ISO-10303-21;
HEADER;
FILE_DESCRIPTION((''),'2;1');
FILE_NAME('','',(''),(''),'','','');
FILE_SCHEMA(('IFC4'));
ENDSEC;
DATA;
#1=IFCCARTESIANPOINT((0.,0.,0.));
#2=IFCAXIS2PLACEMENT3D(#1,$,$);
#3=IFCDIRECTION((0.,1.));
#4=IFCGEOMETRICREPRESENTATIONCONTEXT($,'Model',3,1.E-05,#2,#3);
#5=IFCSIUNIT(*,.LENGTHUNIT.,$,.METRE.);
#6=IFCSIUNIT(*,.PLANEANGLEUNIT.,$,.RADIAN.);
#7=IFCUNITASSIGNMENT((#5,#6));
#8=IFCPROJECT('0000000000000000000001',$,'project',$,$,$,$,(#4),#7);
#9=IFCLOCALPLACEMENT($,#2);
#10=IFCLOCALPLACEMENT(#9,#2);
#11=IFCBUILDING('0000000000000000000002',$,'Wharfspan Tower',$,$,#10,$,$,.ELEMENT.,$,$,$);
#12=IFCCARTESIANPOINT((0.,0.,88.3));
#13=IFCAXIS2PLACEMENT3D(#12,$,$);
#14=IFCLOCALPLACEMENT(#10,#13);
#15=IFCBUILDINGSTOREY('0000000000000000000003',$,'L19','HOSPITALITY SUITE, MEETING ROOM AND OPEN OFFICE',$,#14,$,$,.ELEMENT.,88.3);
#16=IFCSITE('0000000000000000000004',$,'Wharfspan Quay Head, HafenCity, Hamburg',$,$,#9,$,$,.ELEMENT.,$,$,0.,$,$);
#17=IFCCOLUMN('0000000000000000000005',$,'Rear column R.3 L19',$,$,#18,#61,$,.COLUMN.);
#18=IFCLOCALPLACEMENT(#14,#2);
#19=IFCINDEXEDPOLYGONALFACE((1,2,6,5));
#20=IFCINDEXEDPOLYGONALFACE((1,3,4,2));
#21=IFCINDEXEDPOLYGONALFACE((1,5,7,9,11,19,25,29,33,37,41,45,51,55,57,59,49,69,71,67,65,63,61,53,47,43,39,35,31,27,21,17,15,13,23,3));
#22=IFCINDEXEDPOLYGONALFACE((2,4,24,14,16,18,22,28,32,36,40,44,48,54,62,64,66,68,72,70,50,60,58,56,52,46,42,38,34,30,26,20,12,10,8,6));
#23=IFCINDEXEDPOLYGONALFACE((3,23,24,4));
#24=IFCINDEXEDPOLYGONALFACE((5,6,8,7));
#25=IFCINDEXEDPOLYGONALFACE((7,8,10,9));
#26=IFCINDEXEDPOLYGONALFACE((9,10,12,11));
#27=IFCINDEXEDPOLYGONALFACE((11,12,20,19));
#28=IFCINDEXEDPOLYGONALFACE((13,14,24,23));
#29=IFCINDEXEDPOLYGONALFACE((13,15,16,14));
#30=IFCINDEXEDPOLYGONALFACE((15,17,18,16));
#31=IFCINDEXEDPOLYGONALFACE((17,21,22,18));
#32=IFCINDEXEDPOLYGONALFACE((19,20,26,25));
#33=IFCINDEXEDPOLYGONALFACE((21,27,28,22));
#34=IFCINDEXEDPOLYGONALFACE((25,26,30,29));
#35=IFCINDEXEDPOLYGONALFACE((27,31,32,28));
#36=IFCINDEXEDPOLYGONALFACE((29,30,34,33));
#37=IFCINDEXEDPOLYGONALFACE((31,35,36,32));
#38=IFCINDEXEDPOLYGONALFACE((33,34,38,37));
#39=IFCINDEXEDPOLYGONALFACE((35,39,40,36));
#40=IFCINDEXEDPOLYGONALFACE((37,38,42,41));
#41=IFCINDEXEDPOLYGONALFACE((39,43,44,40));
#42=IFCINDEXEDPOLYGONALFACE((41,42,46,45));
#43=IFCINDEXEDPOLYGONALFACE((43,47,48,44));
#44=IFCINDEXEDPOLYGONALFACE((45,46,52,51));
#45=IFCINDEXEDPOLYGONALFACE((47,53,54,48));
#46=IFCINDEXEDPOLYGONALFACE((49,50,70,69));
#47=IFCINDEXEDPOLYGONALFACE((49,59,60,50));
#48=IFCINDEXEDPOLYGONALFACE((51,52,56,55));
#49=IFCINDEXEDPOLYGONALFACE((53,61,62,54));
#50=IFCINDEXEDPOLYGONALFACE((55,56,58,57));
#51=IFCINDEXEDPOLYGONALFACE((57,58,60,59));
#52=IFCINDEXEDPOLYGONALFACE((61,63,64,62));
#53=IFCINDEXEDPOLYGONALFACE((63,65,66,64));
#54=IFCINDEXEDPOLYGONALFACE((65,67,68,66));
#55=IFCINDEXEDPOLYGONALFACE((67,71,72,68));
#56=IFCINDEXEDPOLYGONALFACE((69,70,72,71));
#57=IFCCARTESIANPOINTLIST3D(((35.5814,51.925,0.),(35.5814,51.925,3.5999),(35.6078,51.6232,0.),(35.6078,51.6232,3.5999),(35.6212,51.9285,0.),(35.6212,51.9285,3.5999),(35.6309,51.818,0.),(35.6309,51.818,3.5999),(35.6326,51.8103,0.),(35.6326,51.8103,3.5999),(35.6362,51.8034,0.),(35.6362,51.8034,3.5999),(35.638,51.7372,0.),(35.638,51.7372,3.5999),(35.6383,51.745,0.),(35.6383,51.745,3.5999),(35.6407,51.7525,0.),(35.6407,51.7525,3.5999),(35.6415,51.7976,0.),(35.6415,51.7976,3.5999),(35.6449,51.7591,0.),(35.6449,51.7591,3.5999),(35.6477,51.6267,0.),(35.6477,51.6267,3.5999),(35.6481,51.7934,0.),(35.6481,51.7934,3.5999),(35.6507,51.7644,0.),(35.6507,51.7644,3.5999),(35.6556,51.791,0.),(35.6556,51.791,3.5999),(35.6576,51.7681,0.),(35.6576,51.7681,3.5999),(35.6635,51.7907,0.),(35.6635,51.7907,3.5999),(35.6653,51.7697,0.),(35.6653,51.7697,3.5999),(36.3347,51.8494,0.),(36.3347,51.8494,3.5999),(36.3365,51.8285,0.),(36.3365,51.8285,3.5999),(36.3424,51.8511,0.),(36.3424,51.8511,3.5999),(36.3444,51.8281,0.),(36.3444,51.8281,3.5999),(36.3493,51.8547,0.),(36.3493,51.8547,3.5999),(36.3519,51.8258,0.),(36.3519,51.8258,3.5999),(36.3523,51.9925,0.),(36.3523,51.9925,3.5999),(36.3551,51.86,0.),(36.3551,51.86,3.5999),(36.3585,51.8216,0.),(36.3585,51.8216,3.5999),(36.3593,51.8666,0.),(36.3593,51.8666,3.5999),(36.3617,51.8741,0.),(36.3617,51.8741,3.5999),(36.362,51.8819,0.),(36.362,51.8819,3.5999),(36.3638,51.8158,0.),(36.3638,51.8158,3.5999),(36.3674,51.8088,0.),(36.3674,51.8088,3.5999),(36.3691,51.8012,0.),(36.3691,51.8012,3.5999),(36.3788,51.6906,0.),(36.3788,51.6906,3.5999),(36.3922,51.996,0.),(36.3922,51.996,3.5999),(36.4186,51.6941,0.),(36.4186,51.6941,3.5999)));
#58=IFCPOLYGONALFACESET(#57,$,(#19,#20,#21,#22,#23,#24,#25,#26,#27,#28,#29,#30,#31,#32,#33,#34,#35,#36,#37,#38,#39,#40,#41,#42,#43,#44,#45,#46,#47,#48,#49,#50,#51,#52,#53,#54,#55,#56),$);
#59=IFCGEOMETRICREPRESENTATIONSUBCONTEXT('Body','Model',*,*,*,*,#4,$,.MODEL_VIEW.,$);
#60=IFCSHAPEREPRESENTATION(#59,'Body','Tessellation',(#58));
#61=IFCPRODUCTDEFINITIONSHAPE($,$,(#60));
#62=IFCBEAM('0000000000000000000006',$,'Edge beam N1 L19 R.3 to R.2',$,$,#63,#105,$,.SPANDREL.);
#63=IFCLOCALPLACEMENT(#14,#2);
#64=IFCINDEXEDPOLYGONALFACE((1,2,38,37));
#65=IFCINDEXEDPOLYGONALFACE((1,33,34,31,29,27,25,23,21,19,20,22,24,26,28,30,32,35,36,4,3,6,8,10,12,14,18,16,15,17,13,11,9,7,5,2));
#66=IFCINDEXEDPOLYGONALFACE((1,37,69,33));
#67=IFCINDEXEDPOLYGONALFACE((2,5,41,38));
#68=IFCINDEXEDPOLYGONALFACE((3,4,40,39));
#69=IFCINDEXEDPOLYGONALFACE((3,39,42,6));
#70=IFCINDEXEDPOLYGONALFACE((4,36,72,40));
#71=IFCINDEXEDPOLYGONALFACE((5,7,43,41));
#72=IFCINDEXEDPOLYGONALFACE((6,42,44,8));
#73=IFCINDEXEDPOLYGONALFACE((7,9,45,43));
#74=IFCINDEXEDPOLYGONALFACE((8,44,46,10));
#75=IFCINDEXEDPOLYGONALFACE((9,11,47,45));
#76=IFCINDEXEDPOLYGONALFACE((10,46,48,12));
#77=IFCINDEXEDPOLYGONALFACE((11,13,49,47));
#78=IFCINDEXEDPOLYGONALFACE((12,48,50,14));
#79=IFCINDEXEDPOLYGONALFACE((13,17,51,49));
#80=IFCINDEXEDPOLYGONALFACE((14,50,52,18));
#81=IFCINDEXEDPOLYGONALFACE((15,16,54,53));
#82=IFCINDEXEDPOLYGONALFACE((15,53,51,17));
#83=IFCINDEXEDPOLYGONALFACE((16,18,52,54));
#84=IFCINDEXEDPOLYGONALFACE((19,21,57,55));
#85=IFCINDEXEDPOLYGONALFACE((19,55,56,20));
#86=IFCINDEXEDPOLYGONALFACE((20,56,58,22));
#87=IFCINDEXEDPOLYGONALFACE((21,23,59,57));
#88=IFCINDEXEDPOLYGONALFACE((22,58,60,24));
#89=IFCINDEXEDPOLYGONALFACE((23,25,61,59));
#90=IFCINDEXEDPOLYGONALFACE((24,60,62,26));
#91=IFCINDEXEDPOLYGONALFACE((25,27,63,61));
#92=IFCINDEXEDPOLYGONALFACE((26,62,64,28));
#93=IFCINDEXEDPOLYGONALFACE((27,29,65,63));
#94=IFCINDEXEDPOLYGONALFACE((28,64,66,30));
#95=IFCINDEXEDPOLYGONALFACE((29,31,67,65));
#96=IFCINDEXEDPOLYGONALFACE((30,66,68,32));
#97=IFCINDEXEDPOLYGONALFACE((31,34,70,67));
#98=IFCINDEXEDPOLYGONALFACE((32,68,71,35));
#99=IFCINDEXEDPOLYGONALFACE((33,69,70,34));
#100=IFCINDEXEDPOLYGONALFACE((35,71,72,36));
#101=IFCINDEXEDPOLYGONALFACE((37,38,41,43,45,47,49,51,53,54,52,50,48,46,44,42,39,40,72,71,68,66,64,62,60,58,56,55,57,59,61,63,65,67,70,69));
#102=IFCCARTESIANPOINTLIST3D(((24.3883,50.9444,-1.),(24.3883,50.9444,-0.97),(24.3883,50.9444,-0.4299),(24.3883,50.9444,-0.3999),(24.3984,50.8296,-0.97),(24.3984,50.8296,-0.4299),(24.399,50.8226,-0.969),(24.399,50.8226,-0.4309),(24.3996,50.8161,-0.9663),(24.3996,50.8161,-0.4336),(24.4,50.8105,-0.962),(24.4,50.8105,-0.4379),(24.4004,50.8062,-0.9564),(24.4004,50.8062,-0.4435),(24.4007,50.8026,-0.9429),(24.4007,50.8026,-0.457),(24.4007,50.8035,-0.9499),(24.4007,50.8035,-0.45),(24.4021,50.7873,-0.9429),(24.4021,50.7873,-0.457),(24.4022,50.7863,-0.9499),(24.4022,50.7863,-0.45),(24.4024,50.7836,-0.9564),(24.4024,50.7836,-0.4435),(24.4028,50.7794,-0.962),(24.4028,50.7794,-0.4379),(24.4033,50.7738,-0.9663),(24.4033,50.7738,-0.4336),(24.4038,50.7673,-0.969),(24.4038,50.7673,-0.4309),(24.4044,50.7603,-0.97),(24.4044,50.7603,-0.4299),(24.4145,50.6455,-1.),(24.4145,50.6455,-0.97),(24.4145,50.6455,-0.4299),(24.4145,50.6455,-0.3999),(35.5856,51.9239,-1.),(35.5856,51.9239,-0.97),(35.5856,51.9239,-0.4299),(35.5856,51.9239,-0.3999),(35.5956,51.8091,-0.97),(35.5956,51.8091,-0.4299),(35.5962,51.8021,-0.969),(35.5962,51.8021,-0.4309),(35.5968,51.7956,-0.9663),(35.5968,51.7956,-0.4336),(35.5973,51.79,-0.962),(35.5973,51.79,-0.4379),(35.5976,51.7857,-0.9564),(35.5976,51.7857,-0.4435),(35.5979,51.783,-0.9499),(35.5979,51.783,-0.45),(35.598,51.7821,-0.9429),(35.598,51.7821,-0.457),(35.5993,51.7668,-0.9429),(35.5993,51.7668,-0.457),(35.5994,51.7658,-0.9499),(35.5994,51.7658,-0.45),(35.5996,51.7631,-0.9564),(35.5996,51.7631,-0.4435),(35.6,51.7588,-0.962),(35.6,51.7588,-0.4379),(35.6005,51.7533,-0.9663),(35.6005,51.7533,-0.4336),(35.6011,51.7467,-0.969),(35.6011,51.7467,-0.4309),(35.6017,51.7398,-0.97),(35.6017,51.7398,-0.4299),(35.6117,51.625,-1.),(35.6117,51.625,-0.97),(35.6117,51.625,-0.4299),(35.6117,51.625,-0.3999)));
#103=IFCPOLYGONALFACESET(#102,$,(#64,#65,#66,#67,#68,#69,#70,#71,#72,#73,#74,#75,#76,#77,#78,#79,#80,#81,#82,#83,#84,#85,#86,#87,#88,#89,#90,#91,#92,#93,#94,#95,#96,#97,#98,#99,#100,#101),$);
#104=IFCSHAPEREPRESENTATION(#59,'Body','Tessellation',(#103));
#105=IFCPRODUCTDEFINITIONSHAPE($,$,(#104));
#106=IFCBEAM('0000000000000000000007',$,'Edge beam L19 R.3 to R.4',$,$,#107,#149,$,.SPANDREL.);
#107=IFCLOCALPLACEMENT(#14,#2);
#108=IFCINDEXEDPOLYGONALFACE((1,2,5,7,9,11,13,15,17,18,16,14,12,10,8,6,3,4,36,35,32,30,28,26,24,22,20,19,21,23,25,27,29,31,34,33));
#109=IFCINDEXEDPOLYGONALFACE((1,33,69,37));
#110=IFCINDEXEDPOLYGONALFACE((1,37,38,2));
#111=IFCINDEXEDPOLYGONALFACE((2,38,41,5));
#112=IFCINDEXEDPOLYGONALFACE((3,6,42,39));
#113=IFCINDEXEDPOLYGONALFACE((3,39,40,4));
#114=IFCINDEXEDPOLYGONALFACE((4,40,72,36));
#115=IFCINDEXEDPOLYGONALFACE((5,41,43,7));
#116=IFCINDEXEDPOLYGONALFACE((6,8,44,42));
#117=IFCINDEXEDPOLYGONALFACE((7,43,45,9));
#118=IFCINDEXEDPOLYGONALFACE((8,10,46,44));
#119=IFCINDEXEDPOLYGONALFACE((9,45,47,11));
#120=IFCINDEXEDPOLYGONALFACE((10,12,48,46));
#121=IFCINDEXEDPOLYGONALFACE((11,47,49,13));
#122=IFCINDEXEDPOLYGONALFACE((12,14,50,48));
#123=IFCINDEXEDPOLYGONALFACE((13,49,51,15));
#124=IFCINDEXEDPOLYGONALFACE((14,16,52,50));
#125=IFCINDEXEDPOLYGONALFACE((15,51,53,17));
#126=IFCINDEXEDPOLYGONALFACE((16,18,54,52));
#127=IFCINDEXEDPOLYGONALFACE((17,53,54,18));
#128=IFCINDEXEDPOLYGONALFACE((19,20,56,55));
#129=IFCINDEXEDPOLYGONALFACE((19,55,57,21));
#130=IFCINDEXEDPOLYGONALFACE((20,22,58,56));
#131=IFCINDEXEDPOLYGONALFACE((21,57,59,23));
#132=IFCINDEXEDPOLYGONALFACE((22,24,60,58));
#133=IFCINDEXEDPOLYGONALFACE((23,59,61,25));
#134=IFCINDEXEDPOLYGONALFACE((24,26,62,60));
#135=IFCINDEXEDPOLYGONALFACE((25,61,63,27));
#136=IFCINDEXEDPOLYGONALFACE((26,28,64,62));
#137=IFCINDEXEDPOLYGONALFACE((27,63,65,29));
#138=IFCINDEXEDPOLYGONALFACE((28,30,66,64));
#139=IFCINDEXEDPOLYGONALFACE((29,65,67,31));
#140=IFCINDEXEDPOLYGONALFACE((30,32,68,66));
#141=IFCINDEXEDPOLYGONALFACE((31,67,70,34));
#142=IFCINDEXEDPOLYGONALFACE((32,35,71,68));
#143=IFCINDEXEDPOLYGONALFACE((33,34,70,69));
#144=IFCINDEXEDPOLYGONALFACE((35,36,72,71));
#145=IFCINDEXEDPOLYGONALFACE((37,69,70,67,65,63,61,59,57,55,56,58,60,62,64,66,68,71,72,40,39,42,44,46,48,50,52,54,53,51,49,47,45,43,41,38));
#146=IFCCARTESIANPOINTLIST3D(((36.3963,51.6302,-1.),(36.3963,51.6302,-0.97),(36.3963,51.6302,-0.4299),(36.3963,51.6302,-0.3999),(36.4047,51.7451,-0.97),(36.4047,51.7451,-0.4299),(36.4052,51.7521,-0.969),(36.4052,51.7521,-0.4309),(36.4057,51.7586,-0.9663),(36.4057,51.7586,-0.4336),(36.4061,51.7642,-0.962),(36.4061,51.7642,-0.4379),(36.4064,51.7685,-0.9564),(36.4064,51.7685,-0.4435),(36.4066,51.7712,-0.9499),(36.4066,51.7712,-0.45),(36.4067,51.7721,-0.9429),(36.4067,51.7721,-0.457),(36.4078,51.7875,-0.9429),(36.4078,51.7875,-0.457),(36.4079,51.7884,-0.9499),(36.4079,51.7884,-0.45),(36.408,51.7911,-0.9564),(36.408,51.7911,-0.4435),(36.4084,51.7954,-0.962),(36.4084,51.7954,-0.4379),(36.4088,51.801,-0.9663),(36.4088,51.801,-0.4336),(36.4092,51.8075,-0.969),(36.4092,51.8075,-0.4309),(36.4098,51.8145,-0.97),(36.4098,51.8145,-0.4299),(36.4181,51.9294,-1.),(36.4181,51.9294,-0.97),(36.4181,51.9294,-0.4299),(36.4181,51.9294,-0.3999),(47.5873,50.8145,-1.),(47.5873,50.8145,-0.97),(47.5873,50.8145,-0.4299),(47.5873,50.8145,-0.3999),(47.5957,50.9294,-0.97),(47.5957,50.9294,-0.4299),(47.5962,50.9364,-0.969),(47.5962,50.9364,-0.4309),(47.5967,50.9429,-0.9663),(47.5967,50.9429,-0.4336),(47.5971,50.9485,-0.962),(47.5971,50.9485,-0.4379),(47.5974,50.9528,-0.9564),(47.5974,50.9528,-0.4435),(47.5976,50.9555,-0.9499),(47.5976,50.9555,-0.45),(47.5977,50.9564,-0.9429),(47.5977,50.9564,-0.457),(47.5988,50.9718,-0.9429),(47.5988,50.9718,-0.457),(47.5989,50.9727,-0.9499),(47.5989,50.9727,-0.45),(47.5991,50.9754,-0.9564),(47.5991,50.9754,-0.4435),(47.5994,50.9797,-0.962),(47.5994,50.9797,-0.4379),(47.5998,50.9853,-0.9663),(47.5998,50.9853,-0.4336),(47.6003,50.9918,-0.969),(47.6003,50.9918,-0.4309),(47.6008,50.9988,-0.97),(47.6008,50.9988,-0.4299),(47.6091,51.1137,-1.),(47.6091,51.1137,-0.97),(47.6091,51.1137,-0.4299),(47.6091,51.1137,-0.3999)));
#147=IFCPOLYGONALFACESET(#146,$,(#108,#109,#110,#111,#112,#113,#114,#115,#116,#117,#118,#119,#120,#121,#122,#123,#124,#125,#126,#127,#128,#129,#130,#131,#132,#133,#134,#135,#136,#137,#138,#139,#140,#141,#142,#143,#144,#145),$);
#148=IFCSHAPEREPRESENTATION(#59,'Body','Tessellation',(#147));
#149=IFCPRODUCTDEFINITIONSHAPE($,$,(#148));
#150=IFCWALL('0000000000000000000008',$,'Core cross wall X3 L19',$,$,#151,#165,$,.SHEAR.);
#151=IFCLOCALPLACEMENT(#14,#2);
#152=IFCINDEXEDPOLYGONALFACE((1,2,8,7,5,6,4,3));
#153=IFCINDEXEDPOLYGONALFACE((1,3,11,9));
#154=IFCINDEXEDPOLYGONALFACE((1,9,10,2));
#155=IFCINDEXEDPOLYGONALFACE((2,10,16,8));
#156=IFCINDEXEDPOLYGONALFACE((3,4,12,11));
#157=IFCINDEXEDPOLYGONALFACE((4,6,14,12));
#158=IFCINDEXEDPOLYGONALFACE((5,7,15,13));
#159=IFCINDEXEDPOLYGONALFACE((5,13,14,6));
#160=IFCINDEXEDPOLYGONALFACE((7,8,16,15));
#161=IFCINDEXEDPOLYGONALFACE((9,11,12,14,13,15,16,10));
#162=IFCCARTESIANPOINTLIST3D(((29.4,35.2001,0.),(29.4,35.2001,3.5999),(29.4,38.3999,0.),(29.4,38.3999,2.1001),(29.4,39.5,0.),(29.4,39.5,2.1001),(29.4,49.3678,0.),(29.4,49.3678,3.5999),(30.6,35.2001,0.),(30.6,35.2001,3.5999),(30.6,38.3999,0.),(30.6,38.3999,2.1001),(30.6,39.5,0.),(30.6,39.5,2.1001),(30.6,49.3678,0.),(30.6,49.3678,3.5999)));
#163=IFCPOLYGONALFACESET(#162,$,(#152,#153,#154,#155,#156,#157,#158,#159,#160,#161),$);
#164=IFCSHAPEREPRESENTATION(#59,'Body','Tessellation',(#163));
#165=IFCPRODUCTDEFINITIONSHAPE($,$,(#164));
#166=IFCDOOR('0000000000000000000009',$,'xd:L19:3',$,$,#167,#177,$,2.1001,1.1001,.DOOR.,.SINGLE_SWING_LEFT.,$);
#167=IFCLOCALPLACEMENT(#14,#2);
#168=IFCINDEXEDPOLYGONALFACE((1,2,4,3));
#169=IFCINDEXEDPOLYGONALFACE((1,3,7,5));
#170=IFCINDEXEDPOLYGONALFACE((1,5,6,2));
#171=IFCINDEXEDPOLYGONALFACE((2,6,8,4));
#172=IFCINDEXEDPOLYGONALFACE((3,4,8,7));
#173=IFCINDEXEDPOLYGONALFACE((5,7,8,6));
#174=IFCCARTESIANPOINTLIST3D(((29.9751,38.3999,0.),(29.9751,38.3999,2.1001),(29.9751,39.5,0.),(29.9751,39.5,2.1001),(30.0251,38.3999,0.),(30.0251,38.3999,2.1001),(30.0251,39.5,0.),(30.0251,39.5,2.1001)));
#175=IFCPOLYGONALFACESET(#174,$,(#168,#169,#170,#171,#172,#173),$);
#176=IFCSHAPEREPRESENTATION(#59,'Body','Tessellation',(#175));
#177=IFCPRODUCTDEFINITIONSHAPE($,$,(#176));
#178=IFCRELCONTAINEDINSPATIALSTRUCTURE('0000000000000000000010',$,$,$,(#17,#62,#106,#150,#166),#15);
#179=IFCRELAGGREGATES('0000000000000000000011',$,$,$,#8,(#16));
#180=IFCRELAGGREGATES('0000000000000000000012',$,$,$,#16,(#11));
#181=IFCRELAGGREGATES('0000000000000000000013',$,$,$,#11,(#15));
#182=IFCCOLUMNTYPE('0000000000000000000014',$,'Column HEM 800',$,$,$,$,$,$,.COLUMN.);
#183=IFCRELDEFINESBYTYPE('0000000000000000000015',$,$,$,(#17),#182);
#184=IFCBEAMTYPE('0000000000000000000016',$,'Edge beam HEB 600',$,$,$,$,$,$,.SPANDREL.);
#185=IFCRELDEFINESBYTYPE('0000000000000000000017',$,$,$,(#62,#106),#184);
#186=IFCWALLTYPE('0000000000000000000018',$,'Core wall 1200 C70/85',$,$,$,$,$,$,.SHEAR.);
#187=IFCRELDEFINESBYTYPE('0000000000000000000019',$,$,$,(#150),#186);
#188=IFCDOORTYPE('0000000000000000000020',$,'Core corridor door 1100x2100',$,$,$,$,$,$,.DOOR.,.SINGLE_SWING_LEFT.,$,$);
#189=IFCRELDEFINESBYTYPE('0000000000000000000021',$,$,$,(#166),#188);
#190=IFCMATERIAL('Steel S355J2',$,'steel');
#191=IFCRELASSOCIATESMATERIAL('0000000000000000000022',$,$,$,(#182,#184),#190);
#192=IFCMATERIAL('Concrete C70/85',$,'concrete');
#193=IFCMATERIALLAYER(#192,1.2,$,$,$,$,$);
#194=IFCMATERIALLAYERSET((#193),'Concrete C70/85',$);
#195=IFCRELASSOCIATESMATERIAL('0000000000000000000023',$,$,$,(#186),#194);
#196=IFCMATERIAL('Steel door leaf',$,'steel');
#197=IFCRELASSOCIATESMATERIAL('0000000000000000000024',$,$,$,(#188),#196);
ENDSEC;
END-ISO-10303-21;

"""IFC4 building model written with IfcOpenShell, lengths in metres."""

from ifc_helpers import new_model, si_unit, direction, frame, frame_2d, origin, origin_2d, place, context, subcontext, project, spatial, rectangle, i_section, extrude, material, layer, layer_set, material_profile, profile_set, type_object, element, fill, save


model = new_model("IFC4")

# Units and contexts
model_context = context("Model", 3, precision=1e-05, world=origin(), true_north=direction((0.0, 1.0)))
body_context = subcontext(model_context, "Body", "Model", "MODEL_VIEW")
ifc_project = project(units=[si_unit("LENGTHUNIT", "METRE"), si_unit("PLANEANGLEUNIT", "RADIAN")], contexts=[model_context])

# Site, building, storey
site_placement = place(None, origin())
site = spatial("IfcSite", under=ifc_project, at=site_placement, Name="Wharfspan Quay Head, HafenCity, Hamburg", CompositionType="ELEMENT", RefElevation=0.0)
building_placement = place(site_placement, origin())
building = spatial("IfcBuilding", under=site, at=building_placement, Name="Wharfspan Tower", CompositionType="ELEMENT")
storey_placement = place(building_placement, frame((0.0, 0.0, 88.3)))
storey = spatial("IfcBuildingStorey", under=building, at=storey_placement, Name="L19", Description="HOSPITALITY SUITE, MEETING ROOM AND OPEN OFFICE", CompositionType="ELEMENT", Elevation=88.3)

# Column
ifc_material_1 = material(Name="Steel S355J2", Category="steel")
ifc_material_profile_1 = material_profile(ifc_material_1, i_section(OverallWidth=0.303, OverallDepth=0.814, WebThickness=0.021, FlangeThickness=0.04, FilletRadius=0.03, at=origin_2d()))
ifc_profile_set_1 = profile_set([ifc_material_profile_1], Name="Steel S355J2")
column_type = type_object("IfcColumnType", Name="Column HEM 800", PredefinedType="COLUMN", material=ifc_profile_set_1)
column_placement = place(storey_placement, frame((36.0, 51.8096, 0.0), z_axis=(0.0, 0.0, 1.0), x_axis=(-0.087156, 0.996197, 0.0)))
element("IfcColumn", 1, at=column_placement, inside=storey, type_object=column_type, Name="Rear column R.3 L19", PredefinedType="COLUMN", context=body_context, shape_type="SweptSolid", body=[
    extrude(i_section(OverallWidth=0.303, OverallDepth=0.814, WebThickness=0.021, FlangeThickness=0.04, FilletRadius=0.03, at=origin_2d()), origin(), (0.0, 0.0, 1.0), 3.5999),
])

# Beams
ifc_material_profile_2 = material_profile(ifc_material_1, i_section(OverallWidth=0.3, OverallDepth=0.6001, WebThickness=0.0154, FlangeThickness=0.03, FilletRadius=0.0271, at=origin_2d()))
ifc_profile_set_2 = profile_set([ifc_material_profile_2], Name="Steel S355J2")
beam_type = type_object("IfcBeamType", Name="Edge beam HEB 600", PredefinedType="SPANDREL", material=ifc_profile_set_2)
beam_1_placement = place(storey_placement, frame((35.5986, 51.7744, -0.7), z_axis=(-0.996196, -0.087143, 0.0), x_axis=(0.087143, -0.996196, 0.0)))
element("IfcBeam", 2, at=beam_1_placement, inside=storey, type_object=beam_type, Name="Edge beam N1 L19 R.3 to R.2", PredefinedType="SPANDREL", context=body_context, shape_type="SweptSolid", body=[
    extrude(i_section(OverallWidth=0.3, OverallDepth=0.6001, WebThickness=0.0154, FlangeThickness=0.03, FilletRadius=0.0271, at=origin_2d()), origin(), (0.0, 0.0, 1.0), 11.24),
])
beam_2_placement = place(storey_placement, frame((36.4072, 51.7798, -0.7), z_axis=(0.997354, -0.072694, 0.0), x_axis=(0.072694, 0.997354, 0.0)))
element("IfcBeam", 3, at=beam_2_placement, inside=storey, type_object=beam_type, Name="Edge beam L19 R.3 to R.4", PredefinedType="SPANDREL", context=body_context, shape_type="SweptSolid", body=[
    extrude(i_section(OverallWidth=0.3, OverallDepth=0.6001, WebThickness=0.0154, FlangeThickness=0.03, FilletRadius=0.0271, at=origin_2d()), origin(), (0.0, 0.0, 1.0), 11.2207),
])

# Wall, opening, door
ifc_material_2 = material(Name="Concrete C70/85", Category="concrete")
ifc_layer_1 = layer(ifc_material_2, 1.2)
ifc_layer_set_1 = layer_set([ifc_layer_1], Name="Concrete C70/85")
wall_type_1 = type_object("IfcWallType", Name="Core wall 1200 C70/85", PredefinedType="SHEAR", material=ifc_layer_set_1)
wall_1_placement = place(storey_placement, frame((30.0, 35.2, 0.0), z_axis=(0.0, 0.0, 1.0), x_axis=(0.0, 1.0, 0.0)))
wall_1 = element("IfcWall", 4, at=wall_1_placement, inside=storey, type_object=wall_type_1, Name="Core cross wall X3 L19", PredefinedType="SHEAR", context=body_context, shape_type="SweptSolid", body=[
    extrude(rectangle(XDim=14.1677, YDim=1.2, at=frame_2d((7.084, 0.0))), origin(), (0.0, 0.0, 1.0), 3.5999),
])
opening_1_placement = place(wall_1_placement, frame((3.2, 0.0, 0.0)))
opening_1 = element("IfcOpeningElement", 5, at=opening_1_placement, cuts=wall_1, PredefinedType="OPENING", context=body_context, shape_type="SweptSolid", body=[
    extrude(rectangle(XDim=1.1001, YDim=2.1001, at=frame_2d((0.55, 1.05))), frame((0.0, 0.6099, 0.0), z_axis=(0.0, -1.0, 0.0), x_axis=(1.0, 0.0, 0.0)), (0.0, 0.0, 1.0), 1.22),
])
ifc_material_3 = material(Name="Steel door leaf", Category="steel")
door_type_1 = type_object("IfcDoorType", Name="Core corridor door 1100x2100", OperationType="SINGLE_SWING_LEFT", PredefinedType="DOOR", material=ifc_material_3)
door_1_placement = place(opening_1_placement, origin())
door_1 = element("IfcDoor", 6, at=door_1_placement, inside=storey, type_object=door_type_1, Name="xd:L19:3", OperationType="SINGLE_SWING_LEFT", OverallHeight=2.1001, OverallWidth=1.1001, PredefinedType="DOOR", context=body_context, shape_type="SweptSolid", body=[
    extrude(rectangle(XDim=1.1001, YDim=2.1001, at=frame_2d((0.55, 1.05))), frame((0.0, 0.0249, 0.0), z_axis=(0.0, -1.0, 0.0), x_axis=(1.0, 0.0, 0.0)), (0.0, 0.0, 1.0), 0.05),
])
fill(opening_1, door_1)

save(model, "model.ifc")
